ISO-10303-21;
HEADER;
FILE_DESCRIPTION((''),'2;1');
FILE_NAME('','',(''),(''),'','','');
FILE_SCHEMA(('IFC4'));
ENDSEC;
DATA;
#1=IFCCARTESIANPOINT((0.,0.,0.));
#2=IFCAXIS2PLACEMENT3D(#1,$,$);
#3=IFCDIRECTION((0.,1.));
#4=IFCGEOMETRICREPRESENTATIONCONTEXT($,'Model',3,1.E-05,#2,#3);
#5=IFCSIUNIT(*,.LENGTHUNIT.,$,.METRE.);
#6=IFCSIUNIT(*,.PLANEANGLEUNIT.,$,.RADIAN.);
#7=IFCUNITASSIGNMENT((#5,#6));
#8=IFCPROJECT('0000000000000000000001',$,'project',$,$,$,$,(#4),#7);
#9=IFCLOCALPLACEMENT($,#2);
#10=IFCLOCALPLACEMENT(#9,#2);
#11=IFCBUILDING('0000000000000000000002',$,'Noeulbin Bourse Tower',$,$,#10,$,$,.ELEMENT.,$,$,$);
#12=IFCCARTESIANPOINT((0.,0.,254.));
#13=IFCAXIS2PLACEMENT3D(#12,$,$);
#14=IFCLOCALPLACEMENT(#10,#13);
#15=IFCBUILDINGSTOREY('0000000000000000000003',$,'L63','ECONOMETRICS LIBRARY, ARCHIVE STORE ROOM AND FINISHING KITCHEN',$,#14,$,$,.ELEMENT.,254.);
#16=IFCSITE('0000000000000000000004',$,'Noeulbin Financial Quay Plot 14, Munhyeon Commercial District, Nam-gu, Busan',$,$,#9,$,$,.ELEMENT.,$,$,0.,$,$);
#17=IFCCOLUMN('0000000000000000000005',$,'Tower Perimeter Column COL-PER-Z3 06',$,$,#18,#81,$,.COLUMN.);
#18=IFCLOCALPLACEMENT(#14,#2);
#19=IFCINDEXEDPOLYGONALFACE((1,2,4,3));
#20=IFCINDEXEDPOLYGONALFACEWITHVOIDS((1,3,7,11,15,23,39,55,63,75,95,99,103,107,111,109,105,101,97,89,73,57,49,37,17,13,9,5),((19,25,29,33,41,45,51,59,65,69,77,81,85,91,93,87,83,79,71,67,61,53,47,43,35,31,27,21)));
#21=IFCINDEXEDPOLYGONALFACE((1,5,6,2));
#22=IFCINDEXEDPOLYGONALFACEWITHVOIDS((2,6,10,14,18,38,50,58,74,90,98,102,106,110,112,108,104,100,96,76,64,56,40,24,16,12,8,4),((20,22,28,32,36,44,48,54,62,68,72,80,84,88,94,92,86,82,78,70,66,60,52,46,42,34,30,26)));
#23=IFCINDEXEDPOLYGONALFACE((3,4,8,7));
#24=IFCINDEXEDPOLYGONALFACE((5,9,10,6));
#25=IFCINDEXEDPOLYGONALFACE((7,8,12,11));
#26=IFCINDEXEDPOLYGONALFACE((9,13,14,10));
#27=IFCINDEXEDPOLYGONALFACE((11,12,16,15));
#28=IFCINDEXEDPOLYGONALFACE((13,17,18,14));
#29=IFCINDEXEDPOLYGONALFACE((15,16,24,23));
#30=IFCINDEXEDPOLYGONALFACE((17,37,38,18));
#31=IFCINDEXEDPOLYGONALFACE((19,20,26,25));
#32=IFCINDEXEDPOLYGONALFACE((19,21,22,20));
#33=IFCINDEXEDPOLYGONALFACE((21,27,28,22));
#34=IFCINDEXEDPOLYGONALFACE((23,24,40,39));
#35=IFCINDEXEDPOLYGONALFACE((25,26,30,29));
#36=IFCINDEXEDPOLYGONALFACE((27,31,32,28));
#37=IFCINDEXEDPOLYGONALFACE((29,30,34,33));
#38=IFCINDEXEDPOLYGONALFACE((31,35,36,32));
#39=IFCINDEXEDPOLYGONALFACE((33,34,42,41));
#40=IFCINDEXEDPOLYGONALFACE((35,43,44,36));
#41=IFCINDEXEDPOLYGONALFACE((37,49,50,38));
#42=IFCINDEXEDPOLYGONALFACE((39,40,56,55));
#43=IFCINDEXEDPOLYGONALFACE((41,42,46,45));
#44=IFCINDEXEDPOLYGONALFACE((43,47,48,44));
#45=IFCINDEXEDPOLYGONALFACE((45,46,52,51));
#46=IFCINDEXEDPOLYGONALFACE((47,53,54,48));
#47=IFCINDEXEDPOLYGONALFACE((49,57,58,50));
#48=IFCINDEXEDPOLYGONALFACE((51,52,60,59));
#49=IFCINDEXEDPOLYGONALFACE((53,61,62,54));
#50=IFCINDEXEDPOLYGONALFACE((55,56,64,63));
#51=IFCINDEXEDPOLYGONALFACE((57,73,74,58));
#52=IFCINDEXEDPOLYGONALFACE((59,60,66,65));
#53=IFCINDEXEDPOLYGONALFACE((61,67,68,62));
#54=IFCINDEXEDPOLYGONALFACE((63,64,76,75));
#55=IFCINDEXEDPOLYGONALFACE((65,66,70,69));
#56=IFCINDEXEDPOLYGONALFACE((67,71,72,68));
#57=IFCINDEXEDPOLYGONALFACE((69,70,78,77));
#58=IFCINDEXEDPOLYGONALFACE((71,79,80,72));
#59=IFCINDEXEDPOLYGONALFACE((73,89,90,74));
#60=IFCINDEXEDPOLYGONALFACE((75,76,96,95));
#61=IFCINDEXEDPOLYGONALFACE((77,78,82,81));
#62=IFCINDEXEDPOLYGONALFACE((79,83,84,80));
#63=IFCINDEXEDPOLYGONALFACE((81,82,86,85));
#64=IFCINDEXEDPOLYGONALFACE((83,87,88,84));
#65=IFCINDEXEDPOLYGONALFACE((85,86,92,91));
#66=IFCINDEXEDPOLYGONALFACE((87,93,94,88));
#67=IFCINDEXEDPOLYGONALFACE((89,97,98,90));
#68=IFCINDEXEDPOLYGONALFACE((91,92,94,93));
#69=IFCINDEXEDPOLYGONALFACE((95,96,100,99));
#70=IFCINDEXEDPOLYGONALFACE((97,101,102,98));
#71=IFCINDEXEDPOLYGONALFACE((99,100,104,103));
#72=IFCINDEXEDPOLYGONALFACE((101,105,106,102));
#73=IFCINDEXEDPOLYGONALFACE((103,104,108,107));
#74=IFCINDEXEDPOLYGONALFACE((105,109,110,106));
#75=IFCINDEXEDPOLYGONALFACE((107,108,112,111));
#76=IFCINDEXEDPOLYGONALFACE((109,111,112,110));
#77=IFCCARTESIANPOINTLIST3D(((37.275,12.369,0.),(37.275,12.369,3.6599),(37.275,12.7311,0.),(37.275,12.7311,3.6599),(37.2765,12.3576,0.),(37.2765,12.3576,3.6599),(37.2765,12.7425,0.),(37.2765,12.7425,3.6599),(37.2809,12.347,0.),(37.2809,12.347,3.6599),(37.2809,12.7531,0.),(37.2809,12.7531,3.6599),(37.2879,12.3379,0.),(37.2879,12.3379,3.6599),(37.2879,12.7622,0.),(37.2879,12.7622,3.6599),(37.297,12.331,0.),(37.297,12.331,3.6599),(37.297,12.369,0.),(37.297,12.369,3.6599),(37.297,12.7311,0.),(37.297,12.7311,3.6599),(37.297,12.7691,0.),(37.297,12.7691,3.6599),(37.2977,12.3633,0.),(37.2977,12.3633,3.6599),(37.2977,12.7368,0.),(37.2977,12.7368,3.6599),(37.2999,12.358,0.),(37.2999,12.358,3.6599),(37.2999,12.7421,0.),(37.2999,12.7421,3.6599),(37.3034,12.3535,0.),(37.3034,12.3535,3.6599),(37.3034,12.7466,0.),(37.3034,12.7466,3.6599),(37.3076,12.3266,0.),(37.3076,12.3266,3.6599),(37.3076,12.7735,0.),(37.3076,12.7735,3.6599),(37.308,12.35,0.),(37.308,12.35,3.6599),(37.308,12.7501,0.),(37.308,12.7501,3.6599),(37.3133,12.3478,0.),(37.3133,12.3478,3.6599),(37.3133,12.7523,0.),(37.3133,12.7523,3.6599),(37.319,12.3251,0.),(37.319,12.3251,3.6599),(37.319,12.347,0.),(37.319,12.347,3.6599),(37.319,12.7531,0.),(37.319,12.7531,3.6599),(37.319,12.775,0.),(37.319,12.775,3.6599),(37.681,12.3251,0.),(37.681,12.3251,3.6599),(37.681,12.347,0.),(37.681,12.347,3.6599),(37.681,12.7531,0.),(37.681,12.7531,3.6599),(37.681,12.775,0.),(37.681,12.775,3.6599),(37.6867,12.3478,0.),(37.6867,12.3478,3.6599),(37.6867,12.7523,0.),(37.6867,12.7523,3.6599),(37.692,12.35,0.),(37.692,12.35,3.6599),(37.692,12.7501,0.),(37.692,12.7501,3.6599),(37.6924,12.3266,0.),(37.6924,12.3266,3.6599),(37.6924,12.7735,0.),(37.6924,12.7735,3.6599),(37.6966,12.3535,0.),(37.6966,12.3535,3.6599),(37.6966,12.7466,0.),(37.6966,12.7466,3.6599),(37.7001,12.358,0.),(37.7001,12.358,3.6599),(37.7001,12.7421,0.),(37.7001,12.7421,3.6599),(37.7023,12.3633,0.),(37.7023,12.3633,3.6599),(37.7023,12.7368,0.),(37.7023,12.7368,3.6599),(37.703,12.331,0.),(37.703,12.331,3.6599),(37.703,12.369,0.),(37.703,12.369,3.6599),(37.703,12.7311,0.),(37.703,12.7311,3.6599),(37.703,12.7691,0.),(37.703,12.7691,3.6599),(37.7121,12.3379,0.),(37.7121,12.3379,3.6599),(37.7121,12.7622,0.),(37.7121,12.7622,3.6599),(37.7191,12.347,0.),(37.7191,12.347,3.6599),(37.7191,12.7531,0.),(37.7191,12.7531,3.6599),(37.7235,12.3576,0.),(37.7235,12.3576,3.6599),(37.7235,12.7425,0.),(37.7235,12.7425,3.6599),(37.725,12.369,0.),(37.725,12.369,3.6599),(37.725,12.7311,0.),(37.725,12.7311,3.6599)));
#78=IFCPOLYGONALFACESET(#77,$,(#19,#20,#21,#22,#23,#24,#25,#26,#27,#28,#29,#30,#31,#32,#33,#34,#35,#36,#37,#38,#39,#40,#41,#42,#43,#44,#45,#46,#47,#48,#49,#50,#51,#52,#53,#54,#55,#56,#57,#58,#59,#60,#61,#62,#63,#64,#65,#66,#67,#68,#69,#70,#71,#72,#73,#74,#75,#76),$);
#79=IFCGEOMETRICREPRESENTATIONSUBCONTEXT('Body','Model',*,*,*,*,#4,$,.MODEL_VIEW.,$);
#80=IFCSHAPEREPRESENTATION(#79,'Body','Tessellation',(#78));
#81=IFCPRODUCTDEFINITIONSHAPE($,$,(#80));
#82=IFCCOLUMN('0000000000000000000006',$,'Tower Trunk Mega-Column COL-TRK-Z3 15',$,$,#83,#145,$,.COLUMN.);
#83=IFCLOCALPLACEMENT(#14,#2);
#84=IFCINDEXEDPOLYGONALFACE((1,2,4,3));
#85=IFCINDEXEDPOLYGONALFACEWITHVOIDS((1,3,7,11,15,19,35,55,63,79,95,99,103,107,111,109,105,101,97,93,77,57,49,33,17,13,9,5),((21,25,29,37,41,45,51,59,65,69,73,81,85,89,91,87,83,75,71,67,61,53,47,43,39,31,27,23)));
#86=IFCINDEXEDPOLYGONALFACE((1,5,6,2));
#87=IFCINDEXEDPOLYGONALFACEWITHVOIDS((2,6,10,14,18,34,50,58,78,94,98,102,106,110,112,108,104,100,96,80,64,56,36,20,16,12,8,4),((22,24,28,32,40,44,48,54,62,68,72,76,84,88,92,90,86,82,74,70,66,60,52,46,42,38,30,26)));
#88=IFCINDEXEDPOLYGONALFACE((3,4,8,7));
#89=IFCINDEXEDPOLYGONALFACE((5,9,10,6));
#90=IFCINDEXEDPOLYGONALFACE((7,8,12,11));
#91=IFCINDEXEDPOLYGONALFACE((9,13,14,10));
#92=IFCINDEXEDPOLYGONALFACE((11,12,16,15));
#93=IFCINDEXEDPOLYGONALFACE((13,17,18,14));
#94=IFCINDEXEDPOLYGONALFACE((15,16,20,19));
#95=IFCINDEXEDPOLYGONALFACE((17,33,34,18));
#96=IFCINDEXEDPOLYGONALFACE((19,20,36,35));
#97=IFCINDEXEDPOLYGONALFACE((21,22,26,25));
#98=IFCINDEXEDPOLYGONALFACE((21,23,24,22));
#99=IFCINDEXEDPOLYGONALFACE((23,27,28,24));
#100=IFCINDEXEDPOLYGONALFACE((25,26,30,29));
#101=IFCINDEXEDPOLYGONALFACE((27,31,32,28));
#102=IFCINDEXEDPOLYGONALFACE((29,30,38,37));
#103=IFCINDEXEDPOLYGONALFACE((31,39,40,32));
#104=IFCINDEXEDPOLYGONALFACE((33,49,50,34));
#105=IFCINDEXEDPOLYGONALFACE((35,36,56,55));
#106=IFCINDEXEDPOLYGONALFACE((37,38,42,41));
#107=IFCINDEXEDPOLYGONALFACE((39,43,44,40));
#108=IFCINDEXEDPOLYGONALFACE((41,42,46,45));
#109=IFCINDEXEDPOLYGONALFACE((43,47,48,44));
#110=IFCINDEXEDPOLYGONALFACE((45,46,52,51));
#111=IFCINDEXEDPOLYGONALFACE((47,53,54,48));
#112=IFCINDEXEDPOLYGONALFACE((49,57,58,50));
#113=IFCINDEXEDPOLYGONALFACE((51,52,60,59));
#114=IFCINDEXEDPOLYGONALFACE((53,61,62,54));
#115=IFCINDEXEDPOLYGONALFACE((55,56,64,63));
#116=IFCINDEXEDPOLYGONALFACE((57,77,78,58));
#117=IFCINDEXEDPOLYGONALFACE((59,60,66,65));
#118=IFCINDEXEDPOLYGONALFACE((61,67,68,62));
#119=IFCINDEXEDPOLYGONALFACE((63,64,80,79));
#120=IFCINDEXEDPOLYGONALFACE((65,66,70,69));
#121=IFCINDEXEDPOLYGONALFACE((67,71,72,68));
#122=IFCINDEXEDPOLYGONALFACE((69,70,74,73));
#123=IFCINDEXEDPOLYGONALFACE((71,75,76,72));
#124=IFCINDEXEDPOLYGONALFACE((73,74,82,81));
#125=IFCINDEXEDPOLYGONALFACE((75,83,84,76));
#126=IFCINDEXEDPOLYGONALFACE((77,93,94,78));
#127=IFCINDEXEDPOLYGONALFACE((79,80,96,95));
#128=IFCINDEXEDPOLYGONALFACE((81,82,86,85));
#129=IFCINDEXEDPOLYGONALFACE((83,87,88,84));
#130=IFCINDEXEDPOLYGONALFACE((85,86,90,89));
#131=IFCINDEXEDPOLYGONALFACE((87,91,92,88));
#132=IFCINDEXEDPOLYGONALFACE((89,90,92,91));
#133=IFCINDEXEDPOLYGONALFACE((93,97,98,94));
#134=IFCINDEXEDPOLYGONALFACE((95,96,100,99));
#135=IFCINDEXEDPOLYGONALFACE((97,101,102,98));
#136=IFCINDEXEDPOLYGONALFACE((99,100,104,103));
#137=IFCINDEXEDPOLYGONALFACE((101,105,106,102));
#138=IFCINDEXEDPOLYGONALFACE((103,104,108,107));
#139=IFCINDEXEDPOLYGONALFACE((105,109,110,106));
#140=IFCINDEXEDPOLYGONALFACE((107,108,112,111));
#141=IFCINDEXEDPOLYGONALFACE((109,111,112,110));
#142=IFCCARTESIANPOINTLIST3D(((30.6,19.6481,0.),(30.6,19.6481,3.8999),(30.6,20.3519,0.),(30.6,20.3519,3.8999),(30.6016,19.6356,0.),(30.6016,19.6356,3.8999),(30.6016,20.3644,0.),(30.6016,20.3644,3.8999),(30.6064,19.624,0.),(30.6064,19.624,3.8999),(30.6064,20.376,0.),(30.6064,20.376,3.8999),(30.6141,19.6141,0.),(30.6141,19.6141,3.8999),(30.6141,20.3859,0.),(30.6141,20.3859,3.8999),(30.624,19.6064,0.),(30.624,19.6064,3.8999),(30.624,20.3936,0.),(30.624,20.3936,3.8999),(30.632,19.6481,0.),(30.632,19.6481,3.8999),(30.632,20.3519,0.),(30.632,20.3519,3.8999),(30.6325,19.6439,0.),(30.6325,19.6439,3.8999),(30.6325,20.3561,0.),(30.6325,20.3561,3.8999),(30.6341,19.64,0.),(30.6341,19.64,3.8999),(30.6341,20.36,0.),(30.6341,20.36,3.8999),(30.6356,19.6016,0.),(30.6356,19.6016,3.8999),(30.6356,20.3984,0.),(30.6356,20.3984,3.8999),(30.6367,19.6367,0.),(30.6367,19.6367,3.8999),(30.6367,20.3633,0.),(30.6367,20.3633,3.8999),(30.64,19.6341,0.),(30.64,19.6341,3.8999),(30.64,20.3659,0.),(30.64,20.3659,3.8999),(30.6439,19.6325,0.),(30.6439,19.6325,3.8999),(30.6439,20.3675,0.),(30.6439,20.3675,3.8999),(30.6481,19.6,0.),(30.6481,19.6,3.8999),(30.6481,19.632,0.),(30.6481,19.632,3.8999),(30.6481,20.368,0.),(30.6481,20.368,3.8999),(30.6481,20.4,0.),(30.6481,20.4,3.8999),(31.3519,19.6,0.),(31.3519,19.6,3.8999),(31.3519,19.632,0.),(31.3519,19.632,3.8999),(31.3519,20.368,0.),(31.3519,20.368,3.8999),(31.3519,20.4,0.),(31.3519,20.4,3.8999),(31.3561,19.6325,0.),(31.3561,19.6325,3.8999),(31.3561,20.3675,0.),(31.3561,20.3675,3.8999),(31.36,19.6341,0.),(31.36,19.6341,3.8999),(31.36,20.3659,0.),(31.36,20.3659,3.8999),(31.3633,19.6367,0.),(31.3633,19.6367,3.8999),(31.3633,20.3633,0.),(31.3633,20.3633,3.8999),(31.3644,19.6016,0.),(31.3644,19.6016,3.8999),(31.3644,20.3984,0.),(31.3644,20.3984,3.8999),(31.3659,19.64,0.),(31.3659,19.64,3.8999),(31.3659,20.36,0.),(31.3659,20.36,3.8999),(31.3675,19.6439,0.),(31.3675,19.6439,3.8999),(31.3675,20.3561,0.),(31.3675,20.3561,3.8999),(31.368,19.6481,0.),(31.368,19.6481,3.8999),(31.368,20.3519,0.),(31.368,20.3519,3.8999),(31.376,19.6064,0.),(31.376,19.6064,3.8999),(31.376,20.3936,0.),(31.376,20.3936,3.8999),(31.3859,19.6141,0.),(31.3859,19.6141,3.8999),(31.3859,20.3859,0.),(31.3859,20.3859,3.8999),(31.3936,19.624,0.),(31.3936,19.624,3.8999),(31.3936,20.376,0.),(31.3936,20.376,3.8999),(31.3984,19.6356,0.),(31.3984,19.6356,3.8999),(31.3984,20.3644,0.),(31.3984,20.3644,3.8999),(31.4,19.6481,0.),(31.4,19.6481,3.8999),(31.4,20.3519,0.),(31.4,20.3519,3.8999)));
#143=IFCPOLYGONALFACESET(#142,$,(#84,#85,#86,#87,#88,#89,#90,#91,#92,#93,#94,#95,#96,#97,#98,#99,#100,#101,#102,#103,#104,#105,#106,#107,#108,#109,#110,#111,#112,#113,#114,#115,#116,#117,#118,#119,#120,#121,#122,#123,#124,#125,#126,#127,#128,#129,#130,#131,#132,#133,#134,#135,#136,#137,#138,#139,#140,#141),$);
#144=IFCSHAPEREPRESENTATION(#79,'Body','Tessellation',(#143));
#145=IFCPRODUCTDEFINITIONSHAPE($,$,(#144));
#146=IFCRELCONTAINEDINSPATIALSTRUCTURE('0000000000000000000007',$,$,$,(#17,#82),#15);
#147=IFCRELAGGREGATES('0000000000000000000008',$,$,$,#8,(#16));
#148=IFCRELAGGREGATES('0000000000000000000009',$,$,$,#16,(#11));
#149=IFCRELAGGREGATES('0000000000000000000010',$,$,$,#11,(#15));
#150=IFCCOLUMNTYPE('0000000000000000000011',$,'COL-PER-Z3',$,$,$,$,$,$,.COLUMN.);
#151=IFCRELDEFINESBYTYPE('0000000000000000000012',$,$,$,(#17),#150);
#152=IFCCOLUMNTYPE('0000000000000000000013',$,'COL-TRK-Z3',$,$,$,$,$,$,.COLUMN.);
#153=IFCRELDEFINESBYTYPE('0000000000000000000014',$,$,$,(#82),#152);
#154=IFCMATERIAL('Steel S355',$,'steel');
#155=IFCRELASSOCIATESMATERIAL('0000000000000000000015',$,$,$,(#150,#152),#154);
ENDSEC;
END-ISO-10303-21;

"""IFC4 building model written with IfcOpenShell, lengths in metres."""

from ifc_helpers import new_model, si_unit, direction, frame, origin, origin_2d, place, context, subcontext, project, spatial, hollow_rectangle, extrude, material, material_profile, profile_set, type_object, element, save


model = new_model("IFC4")

# Units and contexts
model_context = context("Model", 3, precision=1e-05, world=origin(), true_north=direction((0.0, 1.0)))
body_context = subcontext(model_context, "Body", "Model", "MODEL_VIEW")
ifc_project = project(units=[si_unit("LENGTHUNIT", "METRE"), si_unit("PLANEANGLEUNIT", "RADIAN")], contexts=[model_context])

# Site, building, storey
site_placement = place(None, origin())
site = spatial("IfcSite", under=ifc_project, at=site_placement, Name="Noeulbin Financial Quay Plot 14, Munhyeon Commercial District, Nam-gu, Busan", CompositionType="ELEMENT", RefElevation=0.0)
building_placement = place(site_placement, origin())
building = spatial("IfcBuilding", under=site, at=building_placement, Name="Noeulbin Bourse Tower", CompositionType="ELEMENT")
storey_placement = place(building_placement, frame((0.0, 0.0, 254.0)))
storey = spatial("IfcBuildingStorey", under=building, at=storey_placement, Name="L63", Description="ECONOMETRICS LIBRARY, ARCHIVE STORE ROOM AND FINISHING KITCHEN", CompositionType="ELEMENT", Elevation=254.0)

# Columns
ifc_material_1 = material(Name="Steel S355", Category="steel")
ifc_material_profile_1 = material_profile(ifc_material_1, hollow_rectangle(XDim=0.45, YDim=0.45, WallThickness=0.022, InnerFilletRadius=0.022, OuterFilletRadius=0.0439, at=origin_2d()), Name="SHS-450x450x22", Category="LoadBearing")
ifc_profile_set_1 = profile_set([ifc_material_profile_1], Name="Steel S355")
column_type_1 = type_object("IfcColumnType", Name="COL-PER-Z3", PredefinedType="COLUMN", material=ifc_profile_set_1)
column_placement = place(storey_placement, frame((37.5, 12.55, 0.0), z_axis=(0.0, 0.0, 1.0), x_axis=(1.0, 0.0, 0.0)))
element("IfcColumn", 1, at=column_placement, inside=storey, type_object=column_type_1, Name="Tower Perimeter Column COL-PER-Z3 06", PredefinedType="COLUMN", context=body_context, shape_type="SweptSolid", body=[
    extrude(hollow_rectangle(XDim=0.45, YDim=0.45, WallThickness=0.022, InnerFilletRadius=0.022, OuterFilletRadius=0.0439, at=origin_2d()), origin(), (0.0, 0.0, 1.0), 3.6599),
])
ifc_material_profile_2 = material_profile(ifc_material_1, hollow_rectangle(XDim=0.8, YDim=0.8, WallThickness=0.032, InnerFilletRadius=0.0161, OuterFilletRadius=0.0481, at=origin_2d()), Name="BOX-800x800x32", Category="LoadBearing")
ifc_profile_set_2 = profile_set([ifc_material_profile_2], Name="Steel S355")
column_type_2 = type_object("IfcColumnType", Name="COL-TRK-Z3", PredefinedType="COLUMN", material=ifc_profile_set_2)
for number, where, z_axis, x_axis, name in (
    (2, (31.0, 20.0, 0.0), (0.0, 0.0, 1.0), (1.0, 0.0, 0.0), "Tower Trunk Mega-Column COL-TRK-Z3 15"),
):
    element("IfcColumn", number, at=place(storey_placement, frame(where, z_axis=z_axis, x_axis=x_axis)), inside=storey, type_object=column_type_2, Name=name, PredefinedType="COLUMN", context=body_context, shape_type="SweptSolid", body=[
        extrude(hollow_rectangle(XDim=0.8, YDim=0.8, WallThickness=0.032, InnerFilletRadius=0.0161, OuterFilletRadius=0.0481, at=origin_2d()), origin(), (0.0, 0.0, 1.0), 3.8999),
    ])

save(model, "model.ifc")
